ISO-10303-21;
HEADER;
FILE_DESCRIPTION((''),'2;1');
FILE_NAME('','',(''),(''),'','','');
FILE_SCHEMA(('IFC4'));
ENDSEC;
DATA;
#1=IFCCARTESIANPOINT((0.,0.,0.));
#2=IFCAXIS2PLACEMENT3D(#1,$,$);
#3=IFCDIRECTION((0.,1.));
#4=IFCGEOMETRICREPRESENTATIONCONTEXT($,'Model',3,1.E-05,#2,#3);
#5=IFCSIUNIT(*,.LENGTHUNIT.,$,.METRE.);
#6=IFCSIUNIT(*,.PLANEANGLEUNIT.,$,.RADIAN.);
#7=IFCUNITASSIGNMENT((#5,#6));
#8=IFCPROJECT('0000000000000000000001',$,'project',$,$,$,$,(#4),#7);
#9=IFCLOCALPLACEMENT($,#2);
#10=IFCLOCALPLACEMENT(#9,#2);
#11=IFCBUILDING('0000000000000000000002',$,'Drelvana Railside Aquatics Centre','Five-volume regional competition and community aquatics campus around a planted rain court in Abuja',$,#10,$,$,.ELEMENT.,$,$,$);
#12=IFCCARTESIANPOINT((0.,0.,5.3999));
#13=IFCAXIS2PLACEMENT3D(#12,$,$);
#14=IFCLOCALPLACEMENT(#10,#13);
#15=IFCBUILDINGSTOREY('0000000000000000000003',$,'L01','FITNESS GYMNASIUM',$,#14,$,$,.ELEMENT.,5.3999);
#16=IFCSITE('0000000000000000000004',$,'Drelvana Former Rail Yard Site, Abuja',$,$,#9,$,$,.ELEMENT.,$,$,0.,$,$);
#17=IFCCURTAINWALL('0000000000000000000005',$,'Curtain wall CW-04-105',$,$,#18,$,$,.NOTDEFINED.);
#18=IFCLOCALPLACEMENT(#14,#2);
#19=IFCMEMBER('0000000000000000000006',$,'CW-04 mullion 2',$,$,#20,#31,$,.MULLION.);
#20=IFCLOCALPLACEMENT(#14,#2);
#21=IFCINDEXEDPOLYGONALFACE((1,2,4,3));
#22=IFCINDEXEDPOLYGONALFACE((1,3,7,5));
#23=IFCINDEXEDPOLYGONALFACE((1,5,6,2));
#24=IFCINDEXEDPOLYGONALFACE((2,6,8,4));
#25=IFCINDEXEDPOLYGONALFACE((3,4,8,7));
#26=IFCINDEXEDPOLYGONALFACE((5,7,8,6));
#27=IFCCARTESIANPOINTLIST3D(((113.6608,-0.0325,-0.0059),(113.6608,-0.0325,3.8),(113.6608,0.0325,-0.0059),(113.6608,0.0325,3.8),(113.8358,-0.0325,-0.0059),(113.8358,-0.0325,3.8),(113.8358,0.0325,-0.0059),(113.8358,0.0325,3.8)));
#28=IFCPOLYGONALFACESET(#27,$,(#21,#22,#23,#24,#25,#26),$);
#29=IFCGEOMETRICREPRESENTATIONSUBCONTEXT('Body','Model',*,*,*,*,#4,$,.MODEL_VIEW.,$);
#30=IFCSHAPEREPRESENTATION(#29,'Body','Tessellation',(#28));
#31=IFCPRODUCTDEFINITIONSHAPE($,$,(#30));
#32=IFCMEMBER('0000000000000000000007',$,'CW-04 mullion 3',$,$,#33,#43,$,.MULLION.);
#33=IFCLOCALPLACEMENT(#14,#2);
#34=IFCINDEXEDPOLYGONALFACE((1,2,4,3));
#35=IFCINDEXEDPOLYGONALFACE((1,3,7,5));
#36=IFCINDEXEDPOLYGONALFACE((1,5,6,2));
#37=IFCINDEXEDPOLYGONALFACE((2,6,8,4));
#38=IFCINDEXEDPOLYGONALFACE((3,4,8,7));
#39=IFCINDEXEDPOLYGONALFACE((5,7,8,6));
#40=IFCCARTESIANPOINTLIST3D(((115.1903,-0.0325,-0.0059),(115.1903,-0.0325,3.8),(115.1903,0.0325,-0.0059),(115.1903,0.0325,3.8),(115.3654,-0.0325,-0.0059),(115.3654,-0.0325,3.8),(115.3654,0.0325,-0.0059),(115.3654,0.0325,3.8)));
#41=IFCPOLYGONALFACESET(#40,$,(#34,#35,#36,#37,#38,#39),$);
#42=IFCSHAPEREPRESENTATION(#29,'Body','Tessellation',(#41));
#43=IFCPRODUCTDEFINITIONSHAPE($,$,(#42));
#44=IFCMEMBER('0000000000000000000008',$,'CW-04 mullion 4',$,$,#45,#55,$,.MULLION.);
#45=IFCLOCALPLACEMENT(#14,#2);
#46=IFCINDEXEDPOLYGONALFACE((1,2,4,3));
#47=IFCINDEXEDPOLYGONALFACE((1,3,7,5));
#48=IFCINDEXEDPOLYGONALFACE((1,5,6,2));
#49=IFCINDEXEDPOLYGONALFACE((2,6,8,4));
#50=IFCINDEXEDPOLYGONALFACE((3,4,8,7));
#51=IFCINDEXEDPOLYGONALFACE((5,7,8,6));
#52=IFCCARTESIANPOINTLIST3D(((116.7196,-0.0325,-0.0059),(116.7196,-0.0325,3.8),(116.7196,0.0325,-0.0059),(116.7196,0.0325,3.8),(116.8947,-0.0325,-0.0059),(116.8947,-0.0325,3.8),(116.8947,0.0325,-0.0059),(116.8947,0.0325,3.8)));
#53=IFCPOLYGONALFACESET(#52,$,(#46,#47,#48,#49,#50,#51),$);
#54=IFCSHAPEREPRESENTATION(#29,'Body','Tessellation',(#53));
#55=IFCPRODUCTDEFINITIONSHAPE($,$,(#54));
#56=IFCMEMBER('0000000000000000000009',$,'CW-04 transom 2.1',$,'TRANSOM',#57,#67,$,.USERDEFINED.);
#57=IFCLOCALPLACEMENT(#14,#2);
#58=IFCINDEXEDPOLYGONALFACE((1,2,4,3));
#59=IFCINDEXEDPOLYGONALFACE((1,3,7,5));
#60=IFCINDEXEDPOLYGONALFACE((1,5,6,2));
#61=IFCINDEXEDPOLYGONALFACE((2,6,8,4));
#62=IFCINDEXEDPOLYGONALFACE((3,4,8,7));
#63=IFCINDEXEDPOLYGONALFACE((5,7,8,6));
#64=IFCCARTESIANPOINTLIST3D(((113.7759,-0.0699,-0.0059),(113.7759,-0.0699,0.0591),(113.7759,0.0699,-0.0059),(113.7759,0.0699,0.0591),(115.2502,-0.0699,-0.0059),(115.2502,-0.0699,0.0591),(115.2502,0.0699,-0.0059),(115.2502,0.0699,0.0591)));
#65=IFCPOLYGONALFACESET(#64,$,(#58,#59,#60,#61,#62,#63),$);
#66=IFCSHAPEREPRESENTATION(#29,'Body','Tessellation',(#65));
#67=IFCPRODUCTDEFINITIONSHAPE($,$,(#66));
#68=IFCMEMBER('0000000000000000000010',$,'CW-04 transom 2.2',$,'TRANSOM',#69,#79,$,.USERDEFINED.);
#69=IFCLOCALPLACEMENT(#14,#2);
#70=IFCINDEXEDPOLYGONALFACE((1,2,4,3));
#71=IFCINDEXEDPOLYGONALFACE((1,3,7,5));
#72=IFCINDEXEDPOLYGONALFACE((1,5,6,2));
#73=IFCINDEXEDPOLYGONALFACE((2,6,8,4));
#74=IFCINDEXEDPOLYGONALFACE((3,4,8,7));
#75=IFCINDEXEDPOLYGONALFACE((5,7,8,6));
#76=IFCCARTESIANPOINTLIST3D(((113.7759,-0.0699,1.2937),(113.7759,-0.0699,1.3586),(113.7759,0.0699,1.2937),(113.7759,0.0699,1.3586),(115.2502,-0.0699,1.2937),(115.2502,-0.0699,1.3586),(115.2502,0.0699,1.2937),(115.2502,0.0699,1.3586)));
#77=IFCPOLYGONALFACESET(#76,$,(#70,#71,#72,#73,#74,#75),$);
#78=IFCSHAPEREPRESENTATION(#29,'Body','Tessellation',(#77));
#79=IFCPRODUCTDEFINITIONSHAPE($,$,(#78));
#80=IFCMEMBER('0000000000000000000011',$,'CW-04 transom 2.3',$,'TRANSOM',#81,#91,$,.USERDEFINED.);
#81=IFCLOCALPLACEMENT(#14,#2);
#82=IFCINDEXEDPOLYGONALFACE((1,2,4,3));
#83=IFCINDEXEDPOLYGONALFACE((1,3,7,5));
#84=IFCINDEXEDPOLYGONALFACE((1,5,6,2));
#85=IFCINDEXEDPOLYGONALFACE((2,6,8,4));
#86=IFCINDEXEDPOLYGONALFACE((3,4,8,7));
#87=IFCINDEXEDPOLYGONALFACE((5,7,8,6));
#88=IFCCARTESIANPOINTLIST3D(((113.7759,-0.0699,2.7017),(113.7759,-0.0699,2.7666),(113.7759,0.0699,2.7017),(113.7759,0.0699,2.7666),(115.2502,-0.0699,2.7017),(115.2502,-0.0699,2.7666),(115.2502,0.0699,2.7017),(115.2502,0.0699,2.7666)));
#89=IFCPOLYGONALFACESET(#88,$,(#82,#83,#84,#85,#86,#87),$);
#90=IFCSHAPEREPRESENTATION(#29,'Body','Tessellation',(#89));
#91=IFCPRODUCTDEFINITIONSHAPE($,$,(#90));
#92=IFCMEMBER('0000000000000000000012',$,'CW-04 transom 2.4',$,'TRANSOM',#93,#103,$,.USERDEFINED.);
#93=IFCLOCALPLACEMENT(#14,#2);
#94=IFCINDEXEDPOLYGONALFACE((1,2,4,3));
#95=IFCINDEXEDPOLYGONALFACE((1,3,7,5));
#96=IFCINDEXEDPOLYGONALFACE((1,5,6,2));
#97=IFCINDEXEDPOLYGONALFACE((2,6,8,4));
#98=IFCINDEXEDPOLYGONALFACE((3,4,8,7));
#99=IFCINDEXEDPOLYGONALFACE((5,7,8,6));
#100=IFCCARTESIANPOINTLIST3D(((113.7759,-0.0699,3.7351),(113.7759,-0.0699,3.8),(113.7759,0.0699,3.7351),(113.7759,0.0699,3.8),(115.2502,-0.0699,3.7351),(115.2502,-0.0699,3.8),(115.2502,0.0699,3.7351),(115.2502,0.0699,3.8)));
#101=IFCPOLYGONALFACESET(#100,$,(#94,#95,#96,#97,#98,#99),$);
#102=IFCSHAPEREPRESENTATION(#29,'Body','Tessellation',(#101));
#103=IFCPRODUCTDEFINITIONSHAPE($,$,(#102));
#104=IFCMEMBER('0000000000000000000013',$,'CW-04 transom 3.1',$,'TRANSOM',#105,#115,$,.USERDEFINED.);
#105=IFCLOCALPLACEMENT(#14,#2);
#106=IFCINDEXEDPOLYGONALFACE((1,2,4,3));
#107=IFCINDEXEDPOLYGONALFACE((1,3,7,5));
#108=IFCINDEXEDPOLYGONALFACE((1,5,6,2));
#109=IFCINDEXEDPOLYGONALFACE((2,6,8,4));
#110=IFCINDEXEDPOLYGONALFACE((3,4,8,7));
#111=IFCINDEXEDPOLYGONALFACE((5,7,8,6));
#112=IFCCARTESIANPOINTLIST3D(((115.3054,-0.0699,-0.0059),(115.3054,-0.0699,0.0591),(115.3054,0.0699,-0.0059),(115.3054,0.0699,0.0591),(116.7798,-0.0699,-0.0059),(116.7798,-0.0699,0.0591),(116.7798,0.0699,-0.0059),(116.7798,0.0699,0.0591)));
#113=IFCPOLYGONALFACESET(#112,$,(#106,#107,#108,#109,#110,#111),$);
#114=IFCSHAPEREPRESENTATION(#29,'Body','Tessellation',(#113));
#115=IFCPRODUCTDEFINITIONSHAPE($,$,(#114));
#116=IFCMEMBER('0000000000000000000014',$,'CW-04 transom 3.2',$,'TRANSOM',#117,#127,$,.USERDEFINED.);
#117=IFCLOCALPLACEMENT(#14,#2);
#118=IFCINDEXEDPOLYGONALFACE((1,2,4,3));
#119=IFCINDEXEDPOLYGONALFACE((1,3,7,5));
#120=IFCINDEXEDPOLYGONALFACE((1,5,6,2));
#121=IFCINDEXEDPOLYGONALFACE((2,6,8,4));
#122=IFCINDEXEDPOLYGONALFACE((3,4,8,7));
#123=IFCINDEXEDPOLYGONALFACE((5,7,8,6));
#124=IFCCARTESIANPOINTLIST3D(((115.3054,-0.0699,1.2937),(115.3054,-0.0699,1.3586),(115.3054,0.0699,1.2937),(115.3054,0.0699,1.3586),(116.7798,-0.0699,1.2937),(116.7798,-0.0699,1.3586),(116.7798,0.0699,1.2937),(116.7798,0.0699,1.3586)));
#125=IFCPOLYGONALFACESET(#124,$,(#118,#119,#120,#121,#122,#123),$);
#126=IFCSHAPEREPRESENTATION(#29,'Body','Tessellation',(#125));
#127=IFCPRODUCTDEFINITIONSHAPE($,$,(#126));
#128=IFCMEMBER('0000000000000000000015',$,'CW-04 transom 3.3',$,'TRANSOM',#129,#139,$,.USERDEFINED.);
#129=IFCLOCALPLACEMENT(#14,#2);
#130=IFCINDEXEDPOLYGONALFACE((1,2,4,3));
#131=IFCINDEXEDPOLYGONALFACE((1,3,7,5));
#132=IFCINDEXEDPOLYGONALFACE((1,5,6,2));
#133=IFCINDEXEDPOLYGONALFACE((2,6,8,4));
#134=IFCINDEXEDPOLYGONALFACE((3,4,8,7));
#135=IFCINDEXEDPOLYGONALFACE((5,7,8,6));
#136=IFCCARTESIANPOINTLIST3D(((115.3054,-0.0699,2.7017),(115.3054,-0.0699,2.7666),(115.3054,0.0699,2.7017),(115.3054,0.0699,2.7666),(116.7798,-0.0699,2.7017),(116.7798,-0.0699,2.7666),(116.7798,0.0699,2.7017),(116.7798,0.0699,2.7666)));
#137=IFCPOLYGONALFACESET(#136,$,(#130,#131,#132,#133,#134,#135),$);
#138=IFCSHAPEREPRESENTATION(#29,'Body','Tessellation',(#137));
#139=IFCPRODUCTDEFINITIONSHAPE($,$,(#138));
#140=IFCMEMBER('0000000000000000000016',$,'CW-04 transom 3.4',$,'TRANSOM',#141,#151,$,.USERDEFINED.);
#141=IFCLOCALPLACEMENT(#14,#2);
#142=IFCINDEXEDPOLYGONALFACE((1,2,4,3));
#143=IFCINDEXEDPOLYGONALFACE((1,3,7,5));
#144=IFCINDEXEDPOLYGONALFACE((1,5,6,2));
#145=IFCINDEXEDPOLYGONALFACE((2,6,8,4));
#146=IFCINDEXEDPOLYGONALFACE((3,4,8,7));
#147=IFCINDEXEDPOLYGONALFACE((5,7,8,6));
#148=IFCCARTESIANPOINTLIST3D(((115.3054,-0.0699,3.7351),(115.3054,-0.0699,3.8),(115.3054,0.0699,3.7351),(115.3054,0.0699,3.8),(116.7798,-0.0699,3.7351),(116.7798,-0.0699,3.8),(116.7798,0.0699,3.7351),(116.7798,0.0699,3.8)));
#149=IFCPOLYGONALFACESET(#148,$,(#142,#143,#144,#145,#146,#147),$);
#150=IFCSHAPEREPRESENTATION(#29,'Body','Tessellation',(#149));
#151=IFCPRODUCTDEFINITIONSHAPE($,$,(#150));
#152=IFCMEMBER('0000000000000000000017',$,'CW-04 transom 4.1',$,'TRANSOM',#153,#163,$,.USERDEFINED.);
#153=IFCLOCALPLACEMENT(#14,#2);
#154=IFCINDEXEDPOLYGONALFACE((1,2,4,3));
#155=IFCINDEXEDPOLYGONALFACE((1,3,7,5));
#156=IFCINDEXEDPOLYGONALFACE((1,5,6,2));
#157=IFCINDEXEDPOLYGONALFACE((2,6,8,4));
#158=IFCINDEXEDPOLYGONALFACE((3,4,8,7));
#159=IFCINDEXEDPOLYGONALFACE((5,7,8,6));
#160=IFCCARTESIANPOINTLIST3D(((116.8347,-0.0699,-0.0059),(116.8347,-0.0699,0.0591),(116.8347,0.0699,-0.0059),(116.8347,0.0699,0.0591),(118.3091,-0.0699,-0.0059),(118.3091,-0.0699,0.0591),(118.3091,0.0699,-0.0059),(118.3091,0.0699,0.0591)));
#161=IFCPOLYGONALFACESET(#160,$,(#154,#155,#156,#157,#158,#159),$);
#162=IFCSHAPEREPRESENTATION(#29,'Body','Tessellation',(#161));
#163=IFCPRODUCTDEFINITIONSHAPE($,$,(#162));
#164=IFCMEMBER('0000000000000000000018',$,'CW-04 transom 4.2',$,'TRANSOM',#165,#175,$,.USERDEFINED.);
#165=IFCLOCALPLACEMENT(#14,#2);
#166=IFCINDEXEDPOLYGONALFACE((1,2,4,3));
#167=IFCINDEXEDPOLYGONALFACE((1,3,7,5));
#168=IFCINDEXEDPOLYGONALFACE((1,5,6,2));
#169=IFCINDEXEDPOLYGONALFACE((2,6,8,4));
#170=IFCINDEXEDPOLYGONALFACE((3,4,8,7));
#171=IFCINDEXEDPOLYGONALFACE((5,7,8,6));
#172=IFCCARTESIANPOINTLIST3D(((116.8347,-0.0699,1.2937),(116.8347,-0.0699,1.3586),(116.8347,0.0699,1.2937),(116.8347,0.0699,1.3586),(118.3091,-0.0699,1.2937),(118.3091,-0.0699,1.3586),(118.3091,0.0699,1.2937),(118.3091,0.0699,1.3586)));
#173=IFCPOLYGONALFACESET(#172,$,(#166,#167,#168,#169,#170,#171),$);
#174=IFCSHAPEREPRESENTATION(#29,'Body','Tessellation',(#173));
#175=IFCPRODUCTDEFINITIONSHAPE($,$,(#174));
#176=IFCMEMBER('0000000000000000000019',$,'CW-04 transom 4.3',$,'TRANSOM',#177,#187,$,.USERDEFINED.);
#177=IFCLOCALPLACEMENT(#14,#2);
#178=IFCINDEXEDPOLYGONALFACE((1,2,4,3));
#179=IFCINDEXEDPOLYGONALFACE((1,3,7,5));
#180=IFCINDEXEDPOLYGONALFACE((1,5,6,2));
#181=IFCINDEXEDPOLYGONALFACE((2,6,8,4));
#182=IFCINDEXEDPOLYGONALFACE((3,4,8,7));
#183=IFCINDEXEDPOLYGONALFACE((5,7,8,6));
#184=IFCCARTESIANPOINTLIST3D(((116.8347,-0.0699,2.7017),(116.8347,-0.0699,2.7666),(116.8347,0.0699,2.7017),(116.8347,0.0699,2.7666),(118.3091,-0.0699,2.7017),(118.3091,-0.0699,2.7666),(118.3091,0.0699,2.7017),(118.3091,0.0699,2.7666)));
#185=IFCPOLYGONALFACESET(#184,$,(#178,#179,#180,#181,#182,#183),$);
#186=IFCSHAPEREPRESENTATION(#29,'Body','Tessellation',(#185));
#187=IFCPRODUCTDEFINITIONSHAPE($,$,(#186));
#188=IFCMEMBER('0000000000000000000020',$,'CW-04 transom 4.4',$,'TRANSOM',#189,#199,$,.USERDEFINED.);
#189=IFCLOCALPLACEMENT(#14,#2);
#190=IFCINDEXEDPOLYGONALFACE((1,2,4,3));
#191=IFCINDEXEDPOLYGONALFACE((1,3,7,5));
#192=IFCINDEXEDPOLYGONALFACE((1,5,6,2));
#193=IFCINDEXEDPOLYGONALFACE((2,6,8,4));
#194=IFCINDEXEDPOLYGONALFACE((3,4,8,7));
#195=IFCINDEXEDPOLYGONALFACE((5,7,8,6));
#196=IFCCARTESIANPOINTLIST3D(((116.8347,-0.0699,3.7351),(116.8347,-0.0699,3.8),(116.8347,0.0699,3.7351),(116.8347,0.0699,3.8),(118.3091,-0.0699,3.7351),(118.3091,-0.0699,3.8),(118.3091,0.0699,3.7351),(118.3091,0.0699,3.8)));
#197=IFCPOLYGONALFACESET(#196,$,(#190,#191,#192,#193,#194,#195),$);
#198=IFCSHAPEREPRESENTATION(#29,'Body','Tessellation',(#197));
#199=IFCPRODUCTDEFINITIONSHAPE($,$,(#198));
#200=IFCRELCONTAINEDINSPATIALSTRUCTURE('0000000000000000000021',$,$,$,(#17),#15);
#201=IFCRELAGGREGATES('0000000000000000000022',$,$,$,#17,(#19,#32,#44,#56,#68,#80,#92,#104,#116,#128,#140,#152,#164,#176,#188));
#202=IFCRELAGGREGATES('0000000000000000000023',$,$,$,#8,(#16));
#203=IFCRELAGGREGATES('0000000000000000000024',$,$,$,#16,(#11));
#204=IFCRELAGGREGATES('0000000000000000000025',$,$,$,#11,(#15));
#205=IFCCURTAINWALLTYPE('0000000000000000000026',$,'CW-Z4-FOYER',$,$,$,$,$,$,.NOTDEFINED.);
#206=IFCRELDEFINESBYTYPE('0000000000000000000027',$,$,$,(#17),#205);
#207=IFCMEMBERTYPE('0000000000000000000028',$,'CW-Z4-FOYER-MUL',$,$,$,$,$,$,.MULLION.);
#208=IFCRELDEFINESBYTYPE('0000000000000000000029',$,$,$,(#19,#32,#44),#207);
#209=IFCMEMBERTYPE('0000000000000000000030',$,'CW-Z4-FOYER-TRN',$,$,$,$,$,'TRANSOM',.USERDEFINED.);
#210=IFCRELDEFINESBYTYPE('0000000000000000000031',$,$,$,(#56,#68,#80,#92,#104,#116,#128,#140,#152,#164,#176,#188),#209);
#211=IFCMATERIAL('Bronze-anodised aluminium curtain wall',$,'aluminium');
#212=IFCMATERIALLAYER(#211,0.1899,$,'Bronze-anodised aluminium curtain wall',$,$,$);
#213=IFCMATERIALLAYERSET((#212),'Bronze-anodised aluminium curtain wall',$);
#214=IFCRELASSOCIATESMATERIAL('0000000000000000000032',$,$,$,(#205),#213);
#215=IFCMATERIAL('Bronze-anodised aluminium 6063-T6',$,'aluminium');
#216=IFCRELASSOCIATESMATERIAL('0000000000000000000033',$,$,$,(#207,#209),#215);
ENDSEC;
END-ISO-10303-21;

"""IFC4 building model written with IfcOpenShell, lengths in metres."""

from ifc_helpers import new_model, si_unit, direction, frame, origin, origin_2d, place, context, subcontext, project, spatial, rectangle, extrude, material, layer, layer_set, material_profile, profile_set, type_object, element, aggregate, save


model = new_model("IFC4")

# Units and contexts
model_context = context("Model", 3, precision=1e-05, world=origin(), true_north=direction((0.0, 1.0)))
body_context = subcontext(model_context, "Body", "Model", "MODEL_VIEW")
ifc_project = project(units=[si_unit("LENGTHUNIT", "METRE"), si_unit("PLANEANGLEUNIT", "RADIAN")], contexts=[model_context])

# Site, building, storey
site_placement = place(None, origin())
site = spatial("IfcSite", under=ifc_project, at=site_placement, Name="Drelvana Former Rail Yard Site, Abuja", CompositionType="ELEMENT", RefElevation=0.0)
building_placement = place(site_placement, origin())
building = spatial("IfcBuilding", under=site, at=building_placement, Name="Drelvana Railside Aquatics Centre", Description="Five-volume regional competition and community aquatics campus around a planted rain court in Abuja", CompositionType="ELEMENT")
storey_placement = place(building_placement, frame((0.0, 0.0, 5.3999)))
storey = spatial("IfcBuildingStorey", under=building, at=storey_placement, Name="L01", Description="FITNESS GYMNASIUM", CompositionType="ELEMENT", Elevation=5.3999)

# Curtain wall, members
ifc_material_1 = material(Name="Bronze-anodised aluminium curtain wall", Category="aluminium")
ifc_layer_1 = layer(ifc_material_1, 0.1899, Name="Bronze-anodised aluminium curtain wall")
ifc_layer_set_1 = layer_set([ifc_layer_1], Name="Bronze-anodised aluminium curtain wall")
curtain_wall_type = type_object("IfcCurtainWallType", Name="CW-Z4-FOYER", PredefinedType="NOTDEFINED", material=ifc_layer_set_1)
curtain_wall_placement = place(storey_placement, origin())
curtain_wall = element("IfcCurtainWall", 1, at=curtain_wall_placement, inside=storey, type_object=curtain_wall_type, Name="Curtain wall CW-04-105", PredefinedType="NOTDEFINED")
ifc_material_2 = material(Name="Bronze-anodised aluminium 6063-T6", Category="aluminium")
ifc_material_profile_1 = material_profile(ifc_material_2, rectangle(XDim=0.0649, YDim=0.175, at=origin_2d()), Name="ALU-M 65x175")
ifc_profile_set_1 = profile_set([ifc_material_profile_1], Name="Bronze-anodised aluminium 6063-T6")
member_type_1 = type_object("IfcMemberType", Name="CW-Z4-FOYER-MUL", PredefinedType="MULLION", material=ifc_profile_set_1)
member_1_placement = place(storey_placement, frame((113.7483, 0.0, -0.0059), z_axis=(0.0, 0.0, 1.0), x_axis=(0.0, 1.0, 0.0)))
member_1 = element("IfcMember", 2, at=member_1_placement, type_object=member_type_1, Name="CW-04 mullion 2", PredefinedType="MULLION", context=body_context, shape_type="SweptSolid", body=[
    extrude(rectangle(XDim=0.0649, YDim=0.175, at=origin_2d()), origin(), (0.0, 0.0, 1.0), 3.8059),
])
member_2_placement = place(storey_placement, frame((115.2778, 0.0, -0.0059), z_axis=(0.0, 0.0, 1.0), x_axis=(0.0, 1.0, 0.0)))
member_2 = element("IfcMember", 3, at=member_2_placement, type_object=member_type_1, Name="CW-04 mullion 3", PredefinedType="MULLION", context=body_context, shape_type="SweptSolid", body=[
    extrude(rectangle(XDim=0.0649, YDim=0.175, at=origin_2d()), origin(), (0.0, 0.0, 1.0), 3.8059),
])
member_3_placement = place(storey_placement, frame((116.8071, 0.0, -0.0059), z_axis=(0.0, 0.0, 1.0), x_axis=(0.0, 1.0, 0.0)))
member_3 = element("IfcMember", 4, at=member_3_placement, type_object=member_type_1, Name="CW-04 mullion 4", PredefinedType="MULLION", context=body_context, shape_type="SweptSolid", body=[
    extrude(rectangle(XDim=0.0649, YDim=0.175, at=origin_2d()), origin(), (0.0, 0.0, 1.0), 3.8059),
])
ifc_material_profile_2 = material_profile(ifc_material_2, rectangle(XDim=0.1399, YDim=0.0649, at=origin_2d()), Name="ALU-T 65x140")
ifc_profile_set_2 = profile_set([ifc_material_profile_2], Name="Bronze-anodised aluminium 6063-T6")
member_type_2 = type_object("IfcMemberType", Name="CW-Z4-FOYER-TRN", ElementType="TRANSOM", PredefinedType="USERDEFINED", material=ifc_profile_set_2)
member_4_placement = place(storey_placement, frame((113.7759, 0.0, 0.0266), z_axis=(1.0, 0.0, 0.0), x_axis=(0.0, 1.0, 0.0)))
member_4 = element("IfcMember", 5, at=member_4_placement, type_object=member_type_2, Name="CW-04 transom 2.1", ObjectType="TRANSOM", PredefinedType="USERDEFINED", context=body_context, shape_type="SweptSolid", body=[
    extrude(rectangle(XDim=0.1399, YDim=0.0649, at=origin_2d()), origin(), (0.0, 0.0, 1.0), 1.4744),
])
member_5_placement = place(storey_placement, frame((113.7759, 0.0, 1.3262), z_axis=(1.0, 0.0, 0.0), x_axis=(0.0, 1.0, 0.0)))
member_5 = element("IfcMember", 6, at=member_5_placement, type_object=member_type_2, Name="CW-04 transom 2.2", ObjectType="TRANSOM", PredefinedType="USERDEFINED", context=body_context, shape_type="SweptSolid", body=[
    extrude(rectangle(XDim=0.1399, YDim=0.0649, at=origin_2d()), origin(), (0.0, 0.0, 1.0), 1.4744),
])
member_6_placement = place(storey_placement, frame((113.7759, 0.0, 2.7341), z_axis=(1.0, 0.0, 0.0), x_axis=(0.0, 1.0, 0.0)))
member_6 = element("IfcMember", 7, at=member_6_placement, type_object=member_type_2, Name="CW-04 transom 2.3", ObjectType="TRANSOM", PredefinedType="USERDEFINED", context=body_context, shape_type="SweptSolid", body=[
    extrude(rectangle(XDim=0.1399, YDim=0.0649, at=origin_2d()), origin(), (0.0, 0.0, 1.0), 1.4744),
])
member_7_placement = place(storey_placement, frame((113.7759, 0.0, 3.7676), z_axis=(1.0, 0.0, 0.0), x_axis=(0.0, 1.0, 0.0)))
member_7 = element("IfcMember", 8, at=member_7_placement, type_object=member_type_2, Name="CW-04 transom 2.4", ObjectType="TRANSOM", PredefinedType="USERDEFINED", context=body_context, shape_type="SweptSolid", body=[
    extrude(rectangle(XDim=0.1399, YDim=0.0649, at=origin_2d()), origin(), (0.0, 0.0, 1.0), 1.4744),
])
member_8_placement = place(storey_placement, frame((115.3054, 0.0, 0.0266), z_axis=(1.0, 0.0, 0.0), x_axis=(0.0, 1.0, 0.0)))
member_8 = element("IfcMember", 9, at=member_8_placement, type_object=member_type_2, Name="CW-04 transom 3.1", ObjectType="TRANSOM", PredefinedType="USERDEFINED", context=body_context, shape_type="SweptSolid", body=[
    extrude(rectangle(XDim=0.1399, YDim=0.0649, at=origin_2d()), origin(), (0.0, 0.0, 1.0), 1.4744),
])
member_9_placement = place(storey_placement, frame((115.3054, 0.0, 1.3262), z_axis=(1.0, 0.0, 0.0), x_axis=(0.0, 1.0, 0.0)))
member_9 = element("IfcMember", 10, at=member_9_placement, type_object=member_type_2, Name="CW-04 transom 3.2", ObjectType="TRANSOM", PredefinedType="USERDEFINED", context=body_context, shape_type="SweptSolid", body=[
    extrude(rectangle(XDim=0.1399, YDim=0.0649, at=origin_2d()), origin(), (0.0, 0.0, 1.0), 1.4744),
])
member_10_placement = place(storey_placement, frame((115.3054, 0.0, 2.7341), z_axis=(1.0, 0.0, 0.0), x_axis=(0.0, 1.0, 0.0)))
member_10 = element("IfcMember", 11, at=member_10_placement, type_object=member_type_2, Name="CW-04 transom 3.3", ObjectType="TRANSOM", PredefinedType="USERDEFINED", context=body_context, shape_type="SweptSolid", body=[
    extrude(rectangle(XDim=0.1399, YDim=0.0649, at=origin_2d()), origin(), (0.0, 0.0, 1.0), 1.4744),
])
member_11_placement = place(storey_placement, frame((115.3054, 0.0, 3.7676), z_axis=(1.0, 0.0, 0.0), x_axis=(0.0, 1.0, 0.0)))
member_11 = element("IfcMember", 12, at=member_11_placement, type_object=member_type_2, Name="CW-04 transom 3.4", ObjectType="TRANSOM", PredefinedType="USERDEFINED", context=body_context, shape_type="SweptSolid", body=[
    extrude(rectangle(XDim=0.1399, YDim=0.0649, at=origin_2d()), origin(), (0.0, 0.0, 1.0), 1.4744),
])
member_12_placement = place(storey_placement, frame((116.8347, 0.0, 0.0266), z_axis=(1.0, 0.0, 0.0), x_axis=(0.0, 1.0, 0.0)))
member_12 = element("IfcMember", 13, at=member_12_placement, type_object=member_type_2, Name="CW-04 transom 4.1", ObjectType="TRANSOM", PredefinedType="USERDEFINED", context=body_context, shape_type="SweptSolid", body=[
    extrude(rectangle(XDim=0.1399, YDim=0.0649, at=origin_2d()), origin(), (0.0, 0.0, 1.0), 1.4744),
])
member_13_placement = place(storey_placement, frame((116.8347, 0.0, 1.3262), z_axis=(1.0, 0.0, 0.0), x_axis=(0.0, 1.0, 0.0)))
member_13 = element("IfcMember", 14, at=member_13_placement, type_object=member_type_2, Name="CW-04 transom 4.2", ObjectType="TRANSOM", PredefinedType="USERDEFINED", context=body_context, shape_type="SweptSolid", body=[
    extrude(rectangle(XDim=0.1399, YDim=0.0649, at=origin_2d()), origin(), (0.0, 0.0, 1.0), 1.4744),
])
member_14_placement = place(storey_placement, frame((116.8347, 0.0, 2.7341), z_axis=(1.0, 0.0, 0.0), x_axis=(0.0, 1.0, 0.0)))
member_14 = element("IfcMember", 15, at=member_14_placement, type_object=member_type_2, Name="CW-04 transom 4.3", ObjectType="TRANSOM", PredefinedType="USERDEFINED", context=body_context, shape_type="SweptSolid", body=[
    extrude(rectangle(XDim=0.1399, YDim=0.0649, at=origin_2d()), origin(), (0.0, 0.0, 1.0), 1.4744),
])
member_15_placement = place(storey_placement, frame((116.8347, 0.0, 3.7676), z_axis=(1.0, 0.0, 0.0), x_axis=(0.0, 1.0, 0.0)))
member_15 = element("IfcMember", 16, at=member_15_placement, type_object=member_type_2, Name="CW-04 transom 4.4", ObjectType="TRANSOM", PredefinedType="USERDEFINED", context=body_context, shape_type="SweptSolid", body=[
    extrude(rectangle(XDim=0.1399, YDim=0.0649, at=origin_2d()), origin(), (0.0, 0.0, 1.0), 1.4744),
])

aggregate(curtain_wall, [member_1, member_2, member_3, member_4, member_5, member_6, member_7, member_8, member_9, member_10, member_11, member_12, member_13, member_14, member_15])

save(model, "model.ifc")
